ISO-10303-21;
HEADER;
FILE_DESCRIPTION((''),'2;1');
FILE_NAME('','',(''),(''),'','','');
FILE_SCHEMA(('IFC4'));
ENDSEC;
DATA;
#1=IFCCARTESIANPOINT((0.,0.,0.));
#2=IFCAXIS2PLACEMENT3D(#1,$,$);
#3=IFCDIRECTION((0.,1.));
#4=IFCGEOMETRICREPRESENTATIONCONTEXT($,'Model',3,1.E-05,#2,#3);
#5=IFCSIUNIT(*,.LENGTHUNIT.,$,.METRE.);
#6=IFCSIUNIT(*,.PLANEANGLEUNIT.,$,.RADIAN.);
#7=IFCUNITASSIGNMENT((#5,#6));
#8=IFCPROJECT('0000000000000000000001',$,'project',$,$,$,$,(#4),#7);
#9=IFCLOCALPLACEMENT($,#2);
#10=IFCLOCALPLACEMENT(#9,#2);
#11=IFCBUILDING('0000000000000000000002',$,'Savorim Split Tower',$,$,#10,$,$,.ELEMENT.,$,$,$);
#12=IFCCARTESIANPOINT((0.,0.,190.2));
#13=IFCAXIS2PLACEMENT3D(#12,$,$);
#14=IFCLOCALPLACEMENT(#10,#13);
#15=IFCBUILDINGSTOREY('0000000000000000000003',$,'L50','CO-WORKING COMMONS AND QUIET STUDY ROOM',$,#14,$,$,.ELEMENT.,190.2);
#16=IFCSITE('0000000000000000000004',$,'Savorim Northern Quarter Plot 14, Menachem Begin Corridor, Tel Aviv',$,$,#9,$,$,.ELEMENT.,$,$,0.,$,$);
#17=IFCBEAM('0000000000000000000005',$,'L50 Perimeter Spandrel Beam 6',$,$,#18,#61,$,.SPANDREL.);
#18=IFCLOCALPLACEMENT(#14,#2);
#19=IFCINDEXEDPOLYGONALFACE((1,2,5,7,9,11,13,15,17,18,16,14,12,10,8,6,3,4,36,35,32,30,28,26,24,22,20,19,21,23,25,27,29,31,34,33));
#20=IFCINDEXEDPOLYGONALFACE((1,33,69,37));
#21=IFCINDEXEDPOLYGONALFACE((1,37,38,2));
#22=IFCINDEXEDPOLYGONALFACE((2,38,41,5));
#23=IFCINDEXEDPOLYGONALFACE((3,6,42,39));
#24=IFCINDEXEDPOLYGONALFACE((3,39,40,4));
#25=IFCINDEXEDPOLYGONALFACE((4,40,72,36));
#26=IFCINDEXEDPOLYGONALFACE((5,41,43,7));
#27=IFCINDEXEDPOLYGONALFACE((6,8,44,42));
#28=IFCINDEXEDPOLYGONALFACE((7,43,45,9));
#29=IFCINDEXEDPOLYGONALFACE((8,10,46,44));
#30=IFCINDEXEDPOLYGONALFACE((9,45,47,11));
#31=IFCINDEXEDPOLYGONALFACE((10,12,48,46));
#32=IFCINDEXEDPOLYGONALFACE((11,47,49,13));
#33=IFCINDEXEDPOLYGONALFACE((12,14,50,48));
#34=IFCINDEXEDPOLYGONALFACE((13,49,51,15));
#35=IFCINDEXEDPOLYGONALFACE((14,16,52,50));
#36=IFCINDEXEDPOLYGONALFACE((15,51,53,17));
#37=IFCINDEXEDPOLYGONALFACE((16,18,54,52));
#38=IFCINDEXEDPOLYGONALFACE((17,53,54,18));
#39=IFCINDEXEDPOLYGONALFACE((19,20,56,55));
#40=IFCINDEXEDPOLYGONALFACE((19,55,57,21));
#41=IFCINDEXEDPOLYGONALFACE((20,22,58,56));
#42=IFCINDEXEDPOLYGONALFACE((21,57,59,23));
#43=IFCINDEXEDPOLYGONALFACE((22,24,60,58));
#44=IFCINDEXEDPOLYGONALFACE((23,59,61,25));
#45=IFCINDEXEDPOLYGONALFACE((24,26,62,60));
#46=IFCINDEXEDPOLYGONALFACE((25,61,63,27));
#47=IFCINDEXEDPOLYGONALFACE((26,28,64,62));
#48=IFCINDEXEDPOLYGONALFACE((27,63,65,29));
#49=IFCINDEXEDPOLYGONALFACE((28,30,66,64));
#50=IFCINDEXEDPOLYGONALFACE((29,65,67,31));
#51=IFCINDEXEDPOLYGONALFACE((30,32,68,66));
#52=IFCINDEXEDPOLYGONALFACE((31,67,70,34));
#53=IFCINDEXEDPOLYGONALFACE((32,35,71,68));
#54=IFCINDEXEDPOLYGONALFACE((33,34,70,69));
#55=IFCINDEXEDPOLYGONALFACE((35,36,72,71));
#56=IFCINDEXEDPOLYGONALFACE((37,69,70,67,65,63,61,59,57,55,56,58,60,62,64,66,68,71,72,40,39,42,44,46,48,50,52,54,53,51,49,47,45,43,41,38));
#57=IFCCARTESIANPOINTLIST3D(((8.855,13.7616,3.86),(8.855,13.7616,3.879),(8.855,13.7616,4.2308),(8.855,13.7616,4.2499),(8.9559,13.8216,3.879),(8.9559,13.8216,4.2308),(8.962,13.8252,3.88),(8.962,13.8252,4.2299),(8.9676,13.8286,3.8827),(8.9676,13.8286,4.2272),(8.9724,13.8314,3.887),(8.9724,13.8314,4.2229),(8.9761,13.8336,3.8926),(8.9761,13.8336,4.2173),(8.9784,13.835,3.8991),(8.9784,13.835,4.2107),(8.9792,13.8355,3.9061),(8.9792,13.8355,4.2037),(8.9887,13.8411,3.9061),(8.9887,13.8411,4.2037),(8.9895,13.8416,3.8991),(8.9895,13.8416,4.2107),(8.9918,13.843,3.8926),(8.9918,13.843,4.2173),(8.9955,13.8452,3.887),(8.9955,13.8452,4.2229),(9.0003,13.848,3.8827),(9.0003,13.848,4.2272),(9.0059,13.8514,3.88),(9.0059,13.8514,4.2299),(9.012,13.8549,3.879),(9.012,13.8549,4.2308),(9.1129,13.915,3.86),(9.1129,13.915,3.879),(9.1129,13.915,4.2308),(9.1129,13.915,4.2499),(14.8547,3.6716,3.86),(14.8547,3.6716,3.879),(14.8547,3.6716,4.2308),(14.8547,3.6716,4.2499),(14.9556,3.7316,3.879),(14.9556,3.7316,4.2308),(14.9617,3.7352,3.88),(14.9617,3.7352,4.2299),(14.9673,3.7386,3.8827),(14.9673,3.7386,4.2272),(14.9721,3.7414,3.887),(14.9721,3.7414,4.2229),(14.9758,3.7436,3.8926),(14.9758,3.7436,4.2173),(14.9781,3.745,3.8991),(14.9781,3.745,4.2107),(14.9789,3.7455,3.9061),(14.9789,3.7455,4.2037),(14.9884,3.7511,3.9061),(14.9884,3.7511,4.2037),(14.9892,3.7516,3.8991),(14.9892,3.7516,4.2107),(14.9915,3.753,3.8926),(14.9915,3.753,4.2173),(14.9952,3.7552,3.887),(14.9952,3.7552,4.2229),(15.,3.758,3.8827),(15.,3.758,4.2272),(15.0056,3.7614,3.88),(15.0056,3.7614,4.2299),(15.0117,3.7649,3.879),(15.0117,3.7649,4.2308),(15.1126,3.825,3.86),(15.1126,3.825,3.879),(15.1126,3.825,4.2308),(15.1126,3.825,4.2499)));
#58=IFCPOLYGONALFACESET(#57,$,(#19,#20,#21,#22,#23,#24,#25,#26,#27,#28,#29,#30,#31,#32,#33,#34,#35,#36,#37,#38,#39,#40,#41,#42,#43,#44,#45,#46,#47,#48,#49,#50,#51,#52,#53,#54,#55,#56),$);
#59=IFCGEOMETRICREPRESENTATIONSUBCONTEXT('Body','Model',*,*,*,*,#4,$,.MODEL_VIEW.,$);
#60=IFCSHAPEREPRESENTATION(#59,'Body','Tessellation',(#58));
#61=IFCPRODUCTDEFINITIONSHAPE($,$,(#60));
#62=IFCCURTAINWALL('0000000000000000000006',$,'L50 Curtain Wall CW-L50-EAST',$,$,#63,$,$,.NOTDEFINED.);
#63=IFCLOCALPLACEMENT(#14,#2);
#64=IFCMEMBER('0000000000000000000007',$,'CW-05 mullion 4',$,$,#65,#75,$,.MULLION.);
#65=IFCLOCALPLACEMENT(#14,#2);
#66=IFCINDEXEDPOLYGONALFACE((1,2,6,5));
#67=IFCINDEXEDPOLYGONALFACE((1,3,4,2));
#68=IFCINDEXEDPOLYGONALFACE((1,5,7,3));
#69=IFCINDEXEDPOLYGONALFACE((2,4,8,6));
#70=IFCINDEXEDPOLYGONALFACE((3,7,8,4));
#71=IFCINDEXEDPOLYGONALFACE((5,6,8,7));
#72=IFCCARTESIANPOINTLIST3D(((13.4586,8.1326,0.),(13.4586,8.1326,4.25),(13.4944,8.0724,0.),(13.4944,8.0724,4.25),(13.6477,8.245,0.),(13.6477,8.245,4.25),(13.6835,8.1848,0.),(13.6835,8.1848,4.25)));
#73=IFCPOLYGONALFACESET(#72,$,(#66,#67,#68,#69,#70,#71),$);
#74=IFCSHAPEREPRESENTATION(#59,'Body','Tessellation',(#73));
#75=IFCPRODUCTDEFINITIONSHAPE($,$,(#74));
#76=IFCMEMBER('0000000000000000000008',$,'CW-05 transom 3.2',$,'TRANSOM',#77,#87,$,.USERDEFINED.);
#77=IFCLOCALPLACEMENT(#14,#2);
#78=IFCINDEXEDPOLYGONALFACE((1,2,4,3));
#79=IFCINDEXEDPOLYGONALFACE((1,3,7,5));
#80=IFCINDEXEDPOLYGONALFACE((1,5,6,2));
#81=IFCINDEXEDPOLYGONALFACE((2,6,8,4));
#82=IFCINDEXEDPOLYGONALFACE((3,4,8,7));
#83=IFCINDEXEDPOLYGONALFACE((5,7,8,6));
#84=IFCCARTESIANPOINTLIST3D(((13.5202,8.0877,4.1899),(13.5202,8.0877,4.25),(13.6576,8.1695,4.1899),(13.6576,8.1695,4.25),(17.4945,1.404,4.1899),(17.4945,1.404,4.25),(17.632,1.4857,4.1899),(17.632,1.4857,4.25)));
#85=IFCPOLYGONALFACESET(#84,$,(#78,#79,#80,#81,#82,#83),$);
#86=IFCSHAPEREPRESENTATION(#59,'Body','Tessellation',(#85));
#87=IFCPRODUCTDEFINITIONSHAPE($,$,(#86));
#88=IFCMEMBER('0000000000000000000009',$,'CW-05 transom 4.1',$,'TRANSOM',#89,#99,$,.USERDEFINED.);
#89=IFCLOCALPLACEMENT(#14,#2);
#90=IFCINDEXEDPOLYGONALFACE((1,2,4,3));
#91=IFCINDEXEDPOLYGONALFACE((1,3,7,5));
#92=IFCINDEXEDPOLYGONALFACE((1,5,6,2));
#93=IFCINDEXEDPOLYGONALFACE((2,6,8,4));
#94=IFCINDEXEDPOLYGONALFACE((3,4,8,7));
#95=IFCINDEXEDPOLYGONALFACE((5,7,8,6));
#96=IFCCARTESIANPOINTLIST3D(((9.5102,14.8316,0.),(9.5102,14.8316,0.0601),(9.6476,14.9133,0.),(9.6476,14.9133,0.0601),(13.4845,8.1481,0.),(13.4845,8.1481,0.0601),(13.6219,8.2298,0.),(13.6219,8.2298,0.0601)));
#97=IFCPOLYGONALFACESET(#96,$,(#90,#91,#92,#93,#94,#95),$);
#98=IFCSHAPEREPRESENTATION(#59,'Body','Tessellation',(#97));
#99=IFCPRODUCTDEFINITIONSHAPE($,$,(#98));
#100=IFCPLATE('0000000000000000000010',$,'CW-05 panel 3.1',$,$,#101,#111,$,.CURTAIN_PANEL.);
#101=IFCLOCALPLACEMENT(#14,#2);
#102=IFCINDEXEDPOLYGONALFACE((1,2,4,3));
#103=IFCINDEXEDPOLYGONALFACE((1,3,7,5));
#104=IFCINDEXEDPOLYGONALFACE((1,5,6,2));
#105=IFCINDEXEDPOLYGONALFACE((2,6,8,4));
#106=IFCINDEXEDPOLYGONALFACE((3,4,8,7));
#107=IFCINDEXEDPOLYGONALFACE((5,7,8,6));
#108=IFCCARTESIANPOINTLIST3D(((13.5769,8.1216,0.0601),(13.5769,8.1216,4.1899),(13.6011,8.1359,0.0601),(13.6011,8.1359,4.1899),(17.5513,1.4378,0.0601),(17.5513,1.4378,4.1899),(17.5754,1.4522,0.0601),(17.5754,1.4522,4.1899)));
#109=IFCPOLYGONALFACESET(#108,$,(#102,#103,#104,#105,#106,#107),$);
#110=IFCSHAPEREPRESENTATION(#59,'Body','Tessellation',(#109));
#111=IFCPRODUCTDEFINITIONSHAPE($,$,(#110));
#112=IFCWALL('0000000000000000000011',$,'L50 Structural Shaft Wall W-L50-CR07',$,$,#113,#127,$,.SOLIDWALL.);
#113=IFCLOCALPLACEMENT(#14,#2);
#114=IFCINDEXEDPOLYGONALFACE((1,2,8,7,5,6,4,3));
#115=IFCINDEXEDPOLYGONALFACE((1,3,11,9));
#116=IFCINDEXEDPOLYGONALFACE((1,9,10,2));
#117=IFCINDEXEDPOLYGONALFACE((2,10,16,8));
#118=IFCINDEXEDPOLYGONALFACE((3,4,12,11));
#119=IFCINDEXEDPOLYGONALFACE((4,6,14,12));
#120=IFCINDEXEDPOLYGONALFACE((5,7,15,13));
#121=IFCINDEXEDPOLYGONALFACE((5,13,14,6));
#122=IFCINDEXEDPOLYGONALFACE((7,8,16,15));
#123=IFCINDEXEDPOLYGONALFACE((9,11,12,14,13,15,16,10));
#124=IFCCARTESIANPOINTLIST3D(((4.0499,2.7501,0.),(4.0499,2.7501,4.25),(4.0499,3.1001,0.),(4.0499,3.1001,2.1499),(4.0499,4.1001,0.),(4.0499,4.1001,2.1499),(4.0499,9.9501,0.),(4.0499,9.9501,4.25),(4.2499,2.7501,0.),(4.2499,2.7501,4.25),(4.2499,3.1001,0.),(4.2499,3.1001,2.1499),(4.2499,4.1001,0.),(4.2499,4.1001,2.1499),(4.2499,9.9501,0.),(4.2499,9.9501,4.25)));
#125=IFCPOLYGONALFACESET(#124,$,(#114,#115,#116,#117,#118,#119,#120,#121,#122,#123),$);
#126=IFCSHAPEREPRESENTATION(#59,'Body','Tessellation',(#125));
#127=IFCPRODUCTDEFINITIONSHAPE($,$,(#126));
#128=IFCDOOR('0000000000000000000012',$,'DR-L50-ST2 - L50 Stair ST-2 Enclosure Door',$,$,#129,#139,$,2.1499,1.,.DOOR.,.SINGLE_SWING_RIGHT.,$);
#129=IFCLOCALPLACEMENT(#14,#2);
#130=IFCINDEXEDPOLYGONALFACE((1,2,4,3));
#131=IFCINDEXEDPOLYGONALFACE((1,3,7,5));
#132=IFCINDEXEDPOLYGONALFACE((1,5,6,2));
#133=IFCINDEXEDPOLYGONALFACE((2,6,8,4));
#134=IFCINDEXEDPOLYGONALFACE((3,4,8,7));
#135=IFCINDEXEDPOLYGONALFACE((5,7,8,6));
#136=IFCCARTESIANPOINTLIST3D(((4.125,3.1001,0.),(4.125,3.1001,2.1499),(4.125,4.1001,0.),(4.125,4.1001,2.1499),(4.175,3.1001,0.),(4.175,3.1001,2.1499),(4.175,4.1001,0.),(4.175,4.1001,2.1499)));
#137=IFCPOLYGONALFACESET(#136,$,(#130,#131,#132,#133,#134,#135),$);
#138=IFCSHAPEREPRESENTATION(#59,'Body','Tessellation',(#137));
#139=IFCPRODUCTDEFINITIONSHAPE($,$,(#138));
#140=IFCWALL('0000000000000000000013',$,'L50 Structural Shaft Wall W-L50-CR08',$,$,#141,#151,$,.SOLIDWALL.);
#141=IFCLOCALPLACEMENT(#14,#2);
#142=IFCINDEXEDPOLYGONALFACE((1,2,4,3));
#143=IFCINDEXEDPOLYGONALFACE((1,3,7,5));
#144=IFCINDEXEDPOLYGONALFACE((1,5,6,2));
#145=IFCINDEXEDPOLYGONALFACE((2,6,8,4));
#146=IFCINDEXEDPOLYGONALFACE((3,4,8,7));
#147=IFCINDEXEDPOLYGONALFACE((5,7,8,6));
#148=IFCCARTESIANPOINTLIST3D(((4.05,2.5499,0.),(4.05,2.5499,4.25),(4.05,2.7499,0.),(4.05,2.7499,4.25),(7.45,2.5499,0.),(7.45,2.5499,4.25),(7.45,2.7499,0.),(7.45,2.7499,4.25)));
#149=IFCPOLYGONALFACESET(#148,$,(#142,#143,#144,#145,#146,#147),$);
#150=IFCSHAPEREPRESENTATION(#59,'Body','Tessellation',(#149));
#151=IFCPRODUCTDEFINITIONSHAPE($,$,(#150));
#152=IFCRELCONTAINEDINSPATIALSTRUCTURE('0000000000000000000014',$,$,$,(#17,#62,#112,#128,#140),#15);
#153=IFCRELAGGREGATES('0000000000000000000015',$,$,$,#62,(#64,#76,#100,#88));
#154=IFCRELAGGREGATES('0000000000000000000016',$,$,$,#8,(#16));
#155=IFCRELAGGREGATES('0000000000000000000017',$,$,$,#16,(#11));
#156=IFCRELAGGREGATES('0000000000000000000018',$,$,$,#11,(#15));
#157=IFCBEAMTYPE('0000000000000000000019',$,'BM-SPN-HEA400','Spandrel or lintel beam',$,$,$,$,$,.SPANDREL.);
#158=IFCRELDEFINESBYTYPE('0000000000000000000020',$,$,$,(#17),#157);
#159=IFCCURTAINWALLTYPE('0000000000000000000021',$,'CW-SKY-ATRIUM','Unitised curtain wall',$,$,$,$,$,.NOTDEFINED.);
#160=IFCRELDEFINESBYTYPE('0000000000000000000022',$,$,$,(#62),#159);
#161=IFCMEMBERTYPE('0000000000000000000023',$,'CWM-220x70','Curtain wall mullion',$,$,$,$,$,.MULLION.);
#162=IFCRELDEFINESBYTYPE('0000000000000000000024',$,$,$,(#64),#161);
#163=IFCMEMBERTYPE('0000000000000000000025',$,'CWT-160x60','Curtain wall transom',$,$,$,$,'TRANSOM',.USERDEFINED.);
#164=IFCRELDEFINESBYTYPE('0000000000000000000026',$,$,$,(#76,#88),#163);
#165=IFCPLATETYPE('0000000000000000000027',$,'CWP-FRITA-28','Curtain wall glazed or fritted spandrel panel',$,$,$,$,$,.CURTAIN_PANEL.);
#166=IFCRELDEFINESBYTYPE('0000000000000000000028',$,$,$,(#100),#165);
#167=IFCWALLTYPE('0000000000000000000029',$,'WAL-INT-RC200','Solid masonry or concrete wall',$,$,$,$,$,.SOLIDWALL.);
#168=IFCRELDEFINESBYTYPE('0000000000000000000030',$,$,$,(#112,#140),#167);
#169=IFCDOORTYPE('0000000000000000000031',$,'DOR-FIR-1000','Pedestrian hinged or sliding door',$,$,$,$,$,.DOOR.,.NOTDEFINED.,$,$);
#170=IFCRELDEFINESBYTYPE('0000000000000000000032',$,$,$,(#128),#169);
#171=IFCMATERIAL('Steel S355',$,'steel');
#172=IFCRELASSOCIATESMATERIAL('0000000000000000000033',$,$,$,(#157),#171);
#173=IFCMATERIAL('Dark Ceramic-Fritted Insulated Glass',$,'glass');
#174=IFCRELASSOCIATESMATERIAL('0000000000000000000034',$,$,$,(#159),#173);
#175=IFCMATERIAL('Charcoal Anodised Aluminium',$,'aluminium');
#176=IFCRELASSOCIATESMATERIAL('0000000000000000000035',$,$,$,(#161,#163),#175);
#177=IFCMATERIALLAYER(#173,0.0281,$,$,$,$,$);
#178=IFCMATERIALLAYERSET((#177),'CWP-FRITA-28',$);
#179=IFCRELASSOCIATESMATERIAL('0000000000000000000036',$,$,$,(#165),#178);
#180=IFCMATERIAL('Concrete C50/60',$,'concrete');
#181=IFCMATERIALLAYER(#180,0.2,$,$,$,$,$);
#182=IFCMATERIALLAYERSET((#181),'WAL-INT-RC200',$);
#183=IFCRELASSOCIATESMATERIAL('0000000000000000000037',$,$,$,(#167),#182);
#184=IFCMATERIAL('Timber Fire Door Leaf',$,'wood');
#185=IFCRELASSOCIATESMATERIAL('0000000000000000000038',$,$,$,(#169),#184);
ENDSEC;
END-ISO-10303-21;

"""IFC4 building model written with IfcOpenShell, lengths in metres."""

from ifc_helpers import new_model, si_unit, direction, frame, frame_2d, origin, origin_2d, place, context, subcontext, project, spatial, rectangle, i_section, extrude, material, layer, layer_set, material_profile, profile_set, type_object, element, fill, aggregate, save


model = new_model("IFC4")

# Units and contexts
model_context = context("Model", 3, precision=1e-05, world=origin(), true_north=direction((0.0, 1.0)))
body_context = subcontext(model_context, "Body", "Model", "MODEL_VIEW")
ifc_project = project(units=[si_unit("LENGTHUNIT", "METRE"), si_unit("PLANEANGLEUNIT", "RADIAN")], contexts=[model_context])

# Site, building, storey
site_placement = place(None, origin())
site = spatial("IfcSite", under=ifc_project, at=site_placement, Name="Savorim Northern Quarter Plot 14, Menachem Begin Corridor, Tel Aviv", CompositionType="ELEMENT", RefElevation=0.0)
building_placement = place(site_placement, origin())
building = spatial("IfcBuilding", under=site, at=building_placement, Name="Savorim Split Tower", CompositionType="ELEMENT")
storey_placement = place(building_placement, frame((0.0, 0.0, 190.2)))
storey = spatial("IfcBuildingStorey", under=building, at=storey_placement, Name="L50", Description="CO-WORKING COMMONS AND QUIET STUDY ROOM", CompositionType="ELEMENT", Elevation=190.2)

# Shared definitions
ifc_material_1 = material(Name="Steel S355", Category="steel")

# Beam
ifc_material_profile_1 = material_profile(ifc_material_1, i_section(OverallWidth=0.3, OverallDepth=0.3899, WebThickness=0.011, FlangeThickness=0.019, FilletRadius=0.0271, at=origin_2d()), Name="HEA 400")
ifc_profile_set_1 = profile_set([ifc_material_profile_1], Name="Steel S355")
beam_type_1 = type_object("IfcBeamType", Name="BM-SPN-HEA400", Description="Spandrel or lintel beam", PredefinedType="SPANDREL", material=ifc_profile_set_1)
beam_1_placement = place(storey_placement, frame((14.9836, 3.7483, 4.0549), z_axis=(-0.511091, 0.859527, 0.0), x_axis=(-0.859527, -0.511091, 0.0)))
element("IfcBeam", 1, at=beam_1_placement, inside=storey, type_object=beam_type_1, Name="L50 Perimeter Spandrel Beam 6", PredefinedType="SPANDREL", context=body_context, shape_type="SweptSolid", body=[
    extrude(i_section(OverallWidth=0.3, OverallDepth=0.3899, WebThickness=0.011, FlangeThickness=0.019, FilletRadius=0.0271, at=origin_2d()), origin(), (0.0, 0.0, 1.0), 11.739),
])

# Curtain wall, members, plate
ifc_material_2 = material(Name="Dark Ceramic-Fritted Insulated Glass", Category="glass")
curtain_wall_type = type_object("IfcCurtainWallType", Name="CW-SKY-ATRIUM", Description="Unitised curtain wall", PredefinedType="NOTDEFINED", material=ifc_material_2)
curtain_wall_placement = place(storey_placement, origin())
curtain_wall = element("IfcCurtainWall", 2, at=curtain_wall_placement, inside=storey, type_object=curtain_wall_type, Name="L50 Curtain Wall CW-L50-EAST", PredefinedType="NOTDEFINED")
ifc_material_3 = material(Name="Charcoal Anodised Aluminium", Category="aluminium")
ifc_material_profile_2 = material_profile(ifc_material_3, rectangle(XDim=0.22, YDim=0.0701, at=origin_2d()), Name="ALU-M 220x70")
ifc_profile_set_2 = profile_set([ifc_material_profile_2], Name="Charcoal Anodised Aluminium")
member_type_1 = type_object("IfcMemberType", Name="CWM-220x70", Description="Curtain wall mullion", PredefinedType="MULLION", material=ifc_profile_set_2)
member_1_placement = place(storey_placement, frame((13.571, 8.1587, 0.0), z_axis=(0.0, 0.0, 1.0), x_axis=(-0.859526, -0.511092, 0.0)))
member_1 = element("IfcMember", 3, at=member_1_placement, type_object=member_type_1, Name="CW-05 mullion 4", PredefinedType="MULLION", context=body_context, shape_type="SweptSolid", body=[
    extrude(rectangle(XDim=0.22, YDim=0.0701, at=origin_2d()), origin(), (0.0, 0.0, 1.0), 4.25),
])
ifc_material_profile_3 = material_profile(ifc_material_3, rectangle(XDim=0.1599, YDim=0.0601, at=origin_2d()), Name="ALU-T 160x60")
ifc_profile_set_3 = profile_set([ifc_material_profile_3], Name="Charcoal Anodised Aluminium")
member_type_2 = type_object("IfcMemberType", Name="CWT-160x60", Description="Curtain wall transom", ElementType="TRANSOM", PredefinedType="USERDEFINED", material=ifc_profile_set_3)
member_2_placement = place(storey_placement, frame((17.5632, 1.4448, 4.22), z_axis=(-0.511094, 0.859525, 0.0), x_axis=(-0.859525, -0.511094, 0.0)))
member_2 = element("IfcMember", 4, at=member_2_placement, type_object=member_type_2, Name="CW-05 transom 3.2", ObjectType="TRANSOM", PredefinedType="USERDEFINED", context=body_context, shape_type="SweptSolid", body=[
    extrude(rectangle(XDim=0.1599, YDim=0.0601, at=origin_2d()), origin(), (0.0, 0.0, 1.0), 7.7761),
])
member_3_placement = place(storey_placement, frame((13.5532, 8.189, 0.03), z_axis=(-0.511107, 0.859517, 0.0), x_axis=(-0.859517, -0.511107, 0.0)))
member_3 = element("IfcMember", 5, at=member_3_placement, type_object=member_type_2, Name="CW-05 transom 4.1", ObjectType="TRANSOM", PredefinedType="USERDEFINED", context=body_context, shape_type="SweptSolid", body=[
    extrude(rectangle(XDim=0.1599, YDim=0.0601, at=origin_2d()), origin(), (0.0, 0.0, 1.0), 7.7759),
])
ifc_layer_1 = layer(ifc_material_2, 0.0281)
ifc_layer_set_1 = layer_set([ifc_layer_1], Name="CWP-FRITA-28")
plate_type = type_object("IfcPlateType", Name="CWP-FRITA-28", Description="Curtain wall glazed or fritted spandrel panel", PredefinedType="CURTAIN_PANEL", material=ifc_layer_set_1)
plate_placement = place(storey_placement, frame((15.5762, 4.7869, 0.0601), z_axis=(0.0, 0.0, 1.0), x_axis=(-0.511092, 0.859526, 0.0)))
plate = element("IfcPlate", 6, at=plate_placement, type_object=plate_type, Name="CW-05 panel 3.1", PredefinedType="CURTAIN_PANEL", context=body_context, shape_type="SweptSolid", body=[
    extrude(rectangle(XDim=7.7761, YDim=0.0281, at=origin_2d()), origin(), (0.0, 0.0, 1.0), 4.1299),
])
aggregate(curtain_wall, [member_1, member_2, plate, member_3])

# Wall, opening, door
ifc_material_4 = material(Name="Concrete C50/60", Category="concrete")
ifc_layer_2 = layer(ifc_material_4, 0.2)
ifc_layer_set_2 = layer_set([ifc_layer_2], Name="WAL-INT-RC200")
wall_type = type_object("IfcWallType", Name="WAL-INT-RC200", Description="Solid masonry or concrete wall", PredefinedType="SOLIDWALL", material=ifc_layer_set_2)
wall_1_placement = place(storey_placement, frame((4.1499, 2.75, 0.0), z_axis=(0.0, 0.0, 1.0), x_axis=(0.0, 1.0, 0.0)))
wall_1 = element("IfcWall", 7, at=wall_1_placement, inside=storey, type_object=wall_type, Name="L50 Structural Shaft Wall W-L50-CR07", PredefinedType="SOLIDWALL", context=body_context, shape_type="SweptSolid", body=[
    extrude(rectangle(XDim=7.2, YDim=0.2, at=frame_2d((3.6001, 0.0))), origin(), (0.0, 0.0, 1.0), 4.25),
])
opening_1_placement = place(wall_1_placement, frame((0.3501, 0.0, 0.0)))
opening_1 = element("IfcOpeningElement", 8, at=opening_1_placement, cuts=wall_1, PredefinedType="OPENING", context=body_context, shape_type="SweptSolid", body=[
    extrude(rectangle(XDim=1.0, YDim=2.1499, at=frame_2d((0.5, 1.075))), frame((0.0, 0.1099, 0.0), z_axis=(0.0, -1.0, 0.0), x_axis=(1.0, 0.0, 0.0)), (0.0, 0.0, 1.0), 0.22),
])
ifc_material_5 = material(Name="Timber Fire Door Leaf", Category="wood")
door_type_1 = type_object("IfcDoorType", Name="DOR-FIR-1000", Description="Pedestrian hinged or sliding door", OperationType="NOTDEFINED", PredefinedType="DOOR", material=ifc_material_5)
door_1_placement = place(opening_1_placement, origin())
door_1 = element("IfcDoor", 9, at=door_1_placement, inside=storey, type_object=door_type_1, Name="DR-L50-ST2 - L50 Stair ST-2 Enclosure Door", OperationType="SINGLE_SWING_RIGHT", OverallHeight=2.1499, OverallWidth=1.0, PredefinedType="DOOR", context=body_context, shape_type="SweptSolid", body=[
    extrude(rectangle(XDim=1.0, YDim=2.1499, at=frame_2d((0.5, 1.075))), frame((0.0, 0.0249, 0.0), z_axis=(0.0, -1.0, 0.0), x_axis=(1.0, 0.0, 0.0)), (0.0, 0.0, 1.0), 0.05),
])
fill(opening_1, door_1)

# Wall
wall_2_placement = place(storey_placement, frame((4.05, 2.6499, 0.0), z_axis=(0.0, 0.0, 1.0), x_axis=(1.0, 0.0, 0.0)))
element("IfcWall", 10, at=wall_2_placement, inside=storey, type_object=wall_type, Name="L50 Structural Shaft Wall W-L50-CR08", PredefinedType="SOLIDWALL", context=body_context, shape_type="SweptSolid", body=[
    extrude(rectangle(XDim=3.3999, YDim=0.2, at=frame_2d((1.7, 0.0))), origin(), (0.0, 0.0, 1.0), 4.25),
])

save(model, "model.ifc")
